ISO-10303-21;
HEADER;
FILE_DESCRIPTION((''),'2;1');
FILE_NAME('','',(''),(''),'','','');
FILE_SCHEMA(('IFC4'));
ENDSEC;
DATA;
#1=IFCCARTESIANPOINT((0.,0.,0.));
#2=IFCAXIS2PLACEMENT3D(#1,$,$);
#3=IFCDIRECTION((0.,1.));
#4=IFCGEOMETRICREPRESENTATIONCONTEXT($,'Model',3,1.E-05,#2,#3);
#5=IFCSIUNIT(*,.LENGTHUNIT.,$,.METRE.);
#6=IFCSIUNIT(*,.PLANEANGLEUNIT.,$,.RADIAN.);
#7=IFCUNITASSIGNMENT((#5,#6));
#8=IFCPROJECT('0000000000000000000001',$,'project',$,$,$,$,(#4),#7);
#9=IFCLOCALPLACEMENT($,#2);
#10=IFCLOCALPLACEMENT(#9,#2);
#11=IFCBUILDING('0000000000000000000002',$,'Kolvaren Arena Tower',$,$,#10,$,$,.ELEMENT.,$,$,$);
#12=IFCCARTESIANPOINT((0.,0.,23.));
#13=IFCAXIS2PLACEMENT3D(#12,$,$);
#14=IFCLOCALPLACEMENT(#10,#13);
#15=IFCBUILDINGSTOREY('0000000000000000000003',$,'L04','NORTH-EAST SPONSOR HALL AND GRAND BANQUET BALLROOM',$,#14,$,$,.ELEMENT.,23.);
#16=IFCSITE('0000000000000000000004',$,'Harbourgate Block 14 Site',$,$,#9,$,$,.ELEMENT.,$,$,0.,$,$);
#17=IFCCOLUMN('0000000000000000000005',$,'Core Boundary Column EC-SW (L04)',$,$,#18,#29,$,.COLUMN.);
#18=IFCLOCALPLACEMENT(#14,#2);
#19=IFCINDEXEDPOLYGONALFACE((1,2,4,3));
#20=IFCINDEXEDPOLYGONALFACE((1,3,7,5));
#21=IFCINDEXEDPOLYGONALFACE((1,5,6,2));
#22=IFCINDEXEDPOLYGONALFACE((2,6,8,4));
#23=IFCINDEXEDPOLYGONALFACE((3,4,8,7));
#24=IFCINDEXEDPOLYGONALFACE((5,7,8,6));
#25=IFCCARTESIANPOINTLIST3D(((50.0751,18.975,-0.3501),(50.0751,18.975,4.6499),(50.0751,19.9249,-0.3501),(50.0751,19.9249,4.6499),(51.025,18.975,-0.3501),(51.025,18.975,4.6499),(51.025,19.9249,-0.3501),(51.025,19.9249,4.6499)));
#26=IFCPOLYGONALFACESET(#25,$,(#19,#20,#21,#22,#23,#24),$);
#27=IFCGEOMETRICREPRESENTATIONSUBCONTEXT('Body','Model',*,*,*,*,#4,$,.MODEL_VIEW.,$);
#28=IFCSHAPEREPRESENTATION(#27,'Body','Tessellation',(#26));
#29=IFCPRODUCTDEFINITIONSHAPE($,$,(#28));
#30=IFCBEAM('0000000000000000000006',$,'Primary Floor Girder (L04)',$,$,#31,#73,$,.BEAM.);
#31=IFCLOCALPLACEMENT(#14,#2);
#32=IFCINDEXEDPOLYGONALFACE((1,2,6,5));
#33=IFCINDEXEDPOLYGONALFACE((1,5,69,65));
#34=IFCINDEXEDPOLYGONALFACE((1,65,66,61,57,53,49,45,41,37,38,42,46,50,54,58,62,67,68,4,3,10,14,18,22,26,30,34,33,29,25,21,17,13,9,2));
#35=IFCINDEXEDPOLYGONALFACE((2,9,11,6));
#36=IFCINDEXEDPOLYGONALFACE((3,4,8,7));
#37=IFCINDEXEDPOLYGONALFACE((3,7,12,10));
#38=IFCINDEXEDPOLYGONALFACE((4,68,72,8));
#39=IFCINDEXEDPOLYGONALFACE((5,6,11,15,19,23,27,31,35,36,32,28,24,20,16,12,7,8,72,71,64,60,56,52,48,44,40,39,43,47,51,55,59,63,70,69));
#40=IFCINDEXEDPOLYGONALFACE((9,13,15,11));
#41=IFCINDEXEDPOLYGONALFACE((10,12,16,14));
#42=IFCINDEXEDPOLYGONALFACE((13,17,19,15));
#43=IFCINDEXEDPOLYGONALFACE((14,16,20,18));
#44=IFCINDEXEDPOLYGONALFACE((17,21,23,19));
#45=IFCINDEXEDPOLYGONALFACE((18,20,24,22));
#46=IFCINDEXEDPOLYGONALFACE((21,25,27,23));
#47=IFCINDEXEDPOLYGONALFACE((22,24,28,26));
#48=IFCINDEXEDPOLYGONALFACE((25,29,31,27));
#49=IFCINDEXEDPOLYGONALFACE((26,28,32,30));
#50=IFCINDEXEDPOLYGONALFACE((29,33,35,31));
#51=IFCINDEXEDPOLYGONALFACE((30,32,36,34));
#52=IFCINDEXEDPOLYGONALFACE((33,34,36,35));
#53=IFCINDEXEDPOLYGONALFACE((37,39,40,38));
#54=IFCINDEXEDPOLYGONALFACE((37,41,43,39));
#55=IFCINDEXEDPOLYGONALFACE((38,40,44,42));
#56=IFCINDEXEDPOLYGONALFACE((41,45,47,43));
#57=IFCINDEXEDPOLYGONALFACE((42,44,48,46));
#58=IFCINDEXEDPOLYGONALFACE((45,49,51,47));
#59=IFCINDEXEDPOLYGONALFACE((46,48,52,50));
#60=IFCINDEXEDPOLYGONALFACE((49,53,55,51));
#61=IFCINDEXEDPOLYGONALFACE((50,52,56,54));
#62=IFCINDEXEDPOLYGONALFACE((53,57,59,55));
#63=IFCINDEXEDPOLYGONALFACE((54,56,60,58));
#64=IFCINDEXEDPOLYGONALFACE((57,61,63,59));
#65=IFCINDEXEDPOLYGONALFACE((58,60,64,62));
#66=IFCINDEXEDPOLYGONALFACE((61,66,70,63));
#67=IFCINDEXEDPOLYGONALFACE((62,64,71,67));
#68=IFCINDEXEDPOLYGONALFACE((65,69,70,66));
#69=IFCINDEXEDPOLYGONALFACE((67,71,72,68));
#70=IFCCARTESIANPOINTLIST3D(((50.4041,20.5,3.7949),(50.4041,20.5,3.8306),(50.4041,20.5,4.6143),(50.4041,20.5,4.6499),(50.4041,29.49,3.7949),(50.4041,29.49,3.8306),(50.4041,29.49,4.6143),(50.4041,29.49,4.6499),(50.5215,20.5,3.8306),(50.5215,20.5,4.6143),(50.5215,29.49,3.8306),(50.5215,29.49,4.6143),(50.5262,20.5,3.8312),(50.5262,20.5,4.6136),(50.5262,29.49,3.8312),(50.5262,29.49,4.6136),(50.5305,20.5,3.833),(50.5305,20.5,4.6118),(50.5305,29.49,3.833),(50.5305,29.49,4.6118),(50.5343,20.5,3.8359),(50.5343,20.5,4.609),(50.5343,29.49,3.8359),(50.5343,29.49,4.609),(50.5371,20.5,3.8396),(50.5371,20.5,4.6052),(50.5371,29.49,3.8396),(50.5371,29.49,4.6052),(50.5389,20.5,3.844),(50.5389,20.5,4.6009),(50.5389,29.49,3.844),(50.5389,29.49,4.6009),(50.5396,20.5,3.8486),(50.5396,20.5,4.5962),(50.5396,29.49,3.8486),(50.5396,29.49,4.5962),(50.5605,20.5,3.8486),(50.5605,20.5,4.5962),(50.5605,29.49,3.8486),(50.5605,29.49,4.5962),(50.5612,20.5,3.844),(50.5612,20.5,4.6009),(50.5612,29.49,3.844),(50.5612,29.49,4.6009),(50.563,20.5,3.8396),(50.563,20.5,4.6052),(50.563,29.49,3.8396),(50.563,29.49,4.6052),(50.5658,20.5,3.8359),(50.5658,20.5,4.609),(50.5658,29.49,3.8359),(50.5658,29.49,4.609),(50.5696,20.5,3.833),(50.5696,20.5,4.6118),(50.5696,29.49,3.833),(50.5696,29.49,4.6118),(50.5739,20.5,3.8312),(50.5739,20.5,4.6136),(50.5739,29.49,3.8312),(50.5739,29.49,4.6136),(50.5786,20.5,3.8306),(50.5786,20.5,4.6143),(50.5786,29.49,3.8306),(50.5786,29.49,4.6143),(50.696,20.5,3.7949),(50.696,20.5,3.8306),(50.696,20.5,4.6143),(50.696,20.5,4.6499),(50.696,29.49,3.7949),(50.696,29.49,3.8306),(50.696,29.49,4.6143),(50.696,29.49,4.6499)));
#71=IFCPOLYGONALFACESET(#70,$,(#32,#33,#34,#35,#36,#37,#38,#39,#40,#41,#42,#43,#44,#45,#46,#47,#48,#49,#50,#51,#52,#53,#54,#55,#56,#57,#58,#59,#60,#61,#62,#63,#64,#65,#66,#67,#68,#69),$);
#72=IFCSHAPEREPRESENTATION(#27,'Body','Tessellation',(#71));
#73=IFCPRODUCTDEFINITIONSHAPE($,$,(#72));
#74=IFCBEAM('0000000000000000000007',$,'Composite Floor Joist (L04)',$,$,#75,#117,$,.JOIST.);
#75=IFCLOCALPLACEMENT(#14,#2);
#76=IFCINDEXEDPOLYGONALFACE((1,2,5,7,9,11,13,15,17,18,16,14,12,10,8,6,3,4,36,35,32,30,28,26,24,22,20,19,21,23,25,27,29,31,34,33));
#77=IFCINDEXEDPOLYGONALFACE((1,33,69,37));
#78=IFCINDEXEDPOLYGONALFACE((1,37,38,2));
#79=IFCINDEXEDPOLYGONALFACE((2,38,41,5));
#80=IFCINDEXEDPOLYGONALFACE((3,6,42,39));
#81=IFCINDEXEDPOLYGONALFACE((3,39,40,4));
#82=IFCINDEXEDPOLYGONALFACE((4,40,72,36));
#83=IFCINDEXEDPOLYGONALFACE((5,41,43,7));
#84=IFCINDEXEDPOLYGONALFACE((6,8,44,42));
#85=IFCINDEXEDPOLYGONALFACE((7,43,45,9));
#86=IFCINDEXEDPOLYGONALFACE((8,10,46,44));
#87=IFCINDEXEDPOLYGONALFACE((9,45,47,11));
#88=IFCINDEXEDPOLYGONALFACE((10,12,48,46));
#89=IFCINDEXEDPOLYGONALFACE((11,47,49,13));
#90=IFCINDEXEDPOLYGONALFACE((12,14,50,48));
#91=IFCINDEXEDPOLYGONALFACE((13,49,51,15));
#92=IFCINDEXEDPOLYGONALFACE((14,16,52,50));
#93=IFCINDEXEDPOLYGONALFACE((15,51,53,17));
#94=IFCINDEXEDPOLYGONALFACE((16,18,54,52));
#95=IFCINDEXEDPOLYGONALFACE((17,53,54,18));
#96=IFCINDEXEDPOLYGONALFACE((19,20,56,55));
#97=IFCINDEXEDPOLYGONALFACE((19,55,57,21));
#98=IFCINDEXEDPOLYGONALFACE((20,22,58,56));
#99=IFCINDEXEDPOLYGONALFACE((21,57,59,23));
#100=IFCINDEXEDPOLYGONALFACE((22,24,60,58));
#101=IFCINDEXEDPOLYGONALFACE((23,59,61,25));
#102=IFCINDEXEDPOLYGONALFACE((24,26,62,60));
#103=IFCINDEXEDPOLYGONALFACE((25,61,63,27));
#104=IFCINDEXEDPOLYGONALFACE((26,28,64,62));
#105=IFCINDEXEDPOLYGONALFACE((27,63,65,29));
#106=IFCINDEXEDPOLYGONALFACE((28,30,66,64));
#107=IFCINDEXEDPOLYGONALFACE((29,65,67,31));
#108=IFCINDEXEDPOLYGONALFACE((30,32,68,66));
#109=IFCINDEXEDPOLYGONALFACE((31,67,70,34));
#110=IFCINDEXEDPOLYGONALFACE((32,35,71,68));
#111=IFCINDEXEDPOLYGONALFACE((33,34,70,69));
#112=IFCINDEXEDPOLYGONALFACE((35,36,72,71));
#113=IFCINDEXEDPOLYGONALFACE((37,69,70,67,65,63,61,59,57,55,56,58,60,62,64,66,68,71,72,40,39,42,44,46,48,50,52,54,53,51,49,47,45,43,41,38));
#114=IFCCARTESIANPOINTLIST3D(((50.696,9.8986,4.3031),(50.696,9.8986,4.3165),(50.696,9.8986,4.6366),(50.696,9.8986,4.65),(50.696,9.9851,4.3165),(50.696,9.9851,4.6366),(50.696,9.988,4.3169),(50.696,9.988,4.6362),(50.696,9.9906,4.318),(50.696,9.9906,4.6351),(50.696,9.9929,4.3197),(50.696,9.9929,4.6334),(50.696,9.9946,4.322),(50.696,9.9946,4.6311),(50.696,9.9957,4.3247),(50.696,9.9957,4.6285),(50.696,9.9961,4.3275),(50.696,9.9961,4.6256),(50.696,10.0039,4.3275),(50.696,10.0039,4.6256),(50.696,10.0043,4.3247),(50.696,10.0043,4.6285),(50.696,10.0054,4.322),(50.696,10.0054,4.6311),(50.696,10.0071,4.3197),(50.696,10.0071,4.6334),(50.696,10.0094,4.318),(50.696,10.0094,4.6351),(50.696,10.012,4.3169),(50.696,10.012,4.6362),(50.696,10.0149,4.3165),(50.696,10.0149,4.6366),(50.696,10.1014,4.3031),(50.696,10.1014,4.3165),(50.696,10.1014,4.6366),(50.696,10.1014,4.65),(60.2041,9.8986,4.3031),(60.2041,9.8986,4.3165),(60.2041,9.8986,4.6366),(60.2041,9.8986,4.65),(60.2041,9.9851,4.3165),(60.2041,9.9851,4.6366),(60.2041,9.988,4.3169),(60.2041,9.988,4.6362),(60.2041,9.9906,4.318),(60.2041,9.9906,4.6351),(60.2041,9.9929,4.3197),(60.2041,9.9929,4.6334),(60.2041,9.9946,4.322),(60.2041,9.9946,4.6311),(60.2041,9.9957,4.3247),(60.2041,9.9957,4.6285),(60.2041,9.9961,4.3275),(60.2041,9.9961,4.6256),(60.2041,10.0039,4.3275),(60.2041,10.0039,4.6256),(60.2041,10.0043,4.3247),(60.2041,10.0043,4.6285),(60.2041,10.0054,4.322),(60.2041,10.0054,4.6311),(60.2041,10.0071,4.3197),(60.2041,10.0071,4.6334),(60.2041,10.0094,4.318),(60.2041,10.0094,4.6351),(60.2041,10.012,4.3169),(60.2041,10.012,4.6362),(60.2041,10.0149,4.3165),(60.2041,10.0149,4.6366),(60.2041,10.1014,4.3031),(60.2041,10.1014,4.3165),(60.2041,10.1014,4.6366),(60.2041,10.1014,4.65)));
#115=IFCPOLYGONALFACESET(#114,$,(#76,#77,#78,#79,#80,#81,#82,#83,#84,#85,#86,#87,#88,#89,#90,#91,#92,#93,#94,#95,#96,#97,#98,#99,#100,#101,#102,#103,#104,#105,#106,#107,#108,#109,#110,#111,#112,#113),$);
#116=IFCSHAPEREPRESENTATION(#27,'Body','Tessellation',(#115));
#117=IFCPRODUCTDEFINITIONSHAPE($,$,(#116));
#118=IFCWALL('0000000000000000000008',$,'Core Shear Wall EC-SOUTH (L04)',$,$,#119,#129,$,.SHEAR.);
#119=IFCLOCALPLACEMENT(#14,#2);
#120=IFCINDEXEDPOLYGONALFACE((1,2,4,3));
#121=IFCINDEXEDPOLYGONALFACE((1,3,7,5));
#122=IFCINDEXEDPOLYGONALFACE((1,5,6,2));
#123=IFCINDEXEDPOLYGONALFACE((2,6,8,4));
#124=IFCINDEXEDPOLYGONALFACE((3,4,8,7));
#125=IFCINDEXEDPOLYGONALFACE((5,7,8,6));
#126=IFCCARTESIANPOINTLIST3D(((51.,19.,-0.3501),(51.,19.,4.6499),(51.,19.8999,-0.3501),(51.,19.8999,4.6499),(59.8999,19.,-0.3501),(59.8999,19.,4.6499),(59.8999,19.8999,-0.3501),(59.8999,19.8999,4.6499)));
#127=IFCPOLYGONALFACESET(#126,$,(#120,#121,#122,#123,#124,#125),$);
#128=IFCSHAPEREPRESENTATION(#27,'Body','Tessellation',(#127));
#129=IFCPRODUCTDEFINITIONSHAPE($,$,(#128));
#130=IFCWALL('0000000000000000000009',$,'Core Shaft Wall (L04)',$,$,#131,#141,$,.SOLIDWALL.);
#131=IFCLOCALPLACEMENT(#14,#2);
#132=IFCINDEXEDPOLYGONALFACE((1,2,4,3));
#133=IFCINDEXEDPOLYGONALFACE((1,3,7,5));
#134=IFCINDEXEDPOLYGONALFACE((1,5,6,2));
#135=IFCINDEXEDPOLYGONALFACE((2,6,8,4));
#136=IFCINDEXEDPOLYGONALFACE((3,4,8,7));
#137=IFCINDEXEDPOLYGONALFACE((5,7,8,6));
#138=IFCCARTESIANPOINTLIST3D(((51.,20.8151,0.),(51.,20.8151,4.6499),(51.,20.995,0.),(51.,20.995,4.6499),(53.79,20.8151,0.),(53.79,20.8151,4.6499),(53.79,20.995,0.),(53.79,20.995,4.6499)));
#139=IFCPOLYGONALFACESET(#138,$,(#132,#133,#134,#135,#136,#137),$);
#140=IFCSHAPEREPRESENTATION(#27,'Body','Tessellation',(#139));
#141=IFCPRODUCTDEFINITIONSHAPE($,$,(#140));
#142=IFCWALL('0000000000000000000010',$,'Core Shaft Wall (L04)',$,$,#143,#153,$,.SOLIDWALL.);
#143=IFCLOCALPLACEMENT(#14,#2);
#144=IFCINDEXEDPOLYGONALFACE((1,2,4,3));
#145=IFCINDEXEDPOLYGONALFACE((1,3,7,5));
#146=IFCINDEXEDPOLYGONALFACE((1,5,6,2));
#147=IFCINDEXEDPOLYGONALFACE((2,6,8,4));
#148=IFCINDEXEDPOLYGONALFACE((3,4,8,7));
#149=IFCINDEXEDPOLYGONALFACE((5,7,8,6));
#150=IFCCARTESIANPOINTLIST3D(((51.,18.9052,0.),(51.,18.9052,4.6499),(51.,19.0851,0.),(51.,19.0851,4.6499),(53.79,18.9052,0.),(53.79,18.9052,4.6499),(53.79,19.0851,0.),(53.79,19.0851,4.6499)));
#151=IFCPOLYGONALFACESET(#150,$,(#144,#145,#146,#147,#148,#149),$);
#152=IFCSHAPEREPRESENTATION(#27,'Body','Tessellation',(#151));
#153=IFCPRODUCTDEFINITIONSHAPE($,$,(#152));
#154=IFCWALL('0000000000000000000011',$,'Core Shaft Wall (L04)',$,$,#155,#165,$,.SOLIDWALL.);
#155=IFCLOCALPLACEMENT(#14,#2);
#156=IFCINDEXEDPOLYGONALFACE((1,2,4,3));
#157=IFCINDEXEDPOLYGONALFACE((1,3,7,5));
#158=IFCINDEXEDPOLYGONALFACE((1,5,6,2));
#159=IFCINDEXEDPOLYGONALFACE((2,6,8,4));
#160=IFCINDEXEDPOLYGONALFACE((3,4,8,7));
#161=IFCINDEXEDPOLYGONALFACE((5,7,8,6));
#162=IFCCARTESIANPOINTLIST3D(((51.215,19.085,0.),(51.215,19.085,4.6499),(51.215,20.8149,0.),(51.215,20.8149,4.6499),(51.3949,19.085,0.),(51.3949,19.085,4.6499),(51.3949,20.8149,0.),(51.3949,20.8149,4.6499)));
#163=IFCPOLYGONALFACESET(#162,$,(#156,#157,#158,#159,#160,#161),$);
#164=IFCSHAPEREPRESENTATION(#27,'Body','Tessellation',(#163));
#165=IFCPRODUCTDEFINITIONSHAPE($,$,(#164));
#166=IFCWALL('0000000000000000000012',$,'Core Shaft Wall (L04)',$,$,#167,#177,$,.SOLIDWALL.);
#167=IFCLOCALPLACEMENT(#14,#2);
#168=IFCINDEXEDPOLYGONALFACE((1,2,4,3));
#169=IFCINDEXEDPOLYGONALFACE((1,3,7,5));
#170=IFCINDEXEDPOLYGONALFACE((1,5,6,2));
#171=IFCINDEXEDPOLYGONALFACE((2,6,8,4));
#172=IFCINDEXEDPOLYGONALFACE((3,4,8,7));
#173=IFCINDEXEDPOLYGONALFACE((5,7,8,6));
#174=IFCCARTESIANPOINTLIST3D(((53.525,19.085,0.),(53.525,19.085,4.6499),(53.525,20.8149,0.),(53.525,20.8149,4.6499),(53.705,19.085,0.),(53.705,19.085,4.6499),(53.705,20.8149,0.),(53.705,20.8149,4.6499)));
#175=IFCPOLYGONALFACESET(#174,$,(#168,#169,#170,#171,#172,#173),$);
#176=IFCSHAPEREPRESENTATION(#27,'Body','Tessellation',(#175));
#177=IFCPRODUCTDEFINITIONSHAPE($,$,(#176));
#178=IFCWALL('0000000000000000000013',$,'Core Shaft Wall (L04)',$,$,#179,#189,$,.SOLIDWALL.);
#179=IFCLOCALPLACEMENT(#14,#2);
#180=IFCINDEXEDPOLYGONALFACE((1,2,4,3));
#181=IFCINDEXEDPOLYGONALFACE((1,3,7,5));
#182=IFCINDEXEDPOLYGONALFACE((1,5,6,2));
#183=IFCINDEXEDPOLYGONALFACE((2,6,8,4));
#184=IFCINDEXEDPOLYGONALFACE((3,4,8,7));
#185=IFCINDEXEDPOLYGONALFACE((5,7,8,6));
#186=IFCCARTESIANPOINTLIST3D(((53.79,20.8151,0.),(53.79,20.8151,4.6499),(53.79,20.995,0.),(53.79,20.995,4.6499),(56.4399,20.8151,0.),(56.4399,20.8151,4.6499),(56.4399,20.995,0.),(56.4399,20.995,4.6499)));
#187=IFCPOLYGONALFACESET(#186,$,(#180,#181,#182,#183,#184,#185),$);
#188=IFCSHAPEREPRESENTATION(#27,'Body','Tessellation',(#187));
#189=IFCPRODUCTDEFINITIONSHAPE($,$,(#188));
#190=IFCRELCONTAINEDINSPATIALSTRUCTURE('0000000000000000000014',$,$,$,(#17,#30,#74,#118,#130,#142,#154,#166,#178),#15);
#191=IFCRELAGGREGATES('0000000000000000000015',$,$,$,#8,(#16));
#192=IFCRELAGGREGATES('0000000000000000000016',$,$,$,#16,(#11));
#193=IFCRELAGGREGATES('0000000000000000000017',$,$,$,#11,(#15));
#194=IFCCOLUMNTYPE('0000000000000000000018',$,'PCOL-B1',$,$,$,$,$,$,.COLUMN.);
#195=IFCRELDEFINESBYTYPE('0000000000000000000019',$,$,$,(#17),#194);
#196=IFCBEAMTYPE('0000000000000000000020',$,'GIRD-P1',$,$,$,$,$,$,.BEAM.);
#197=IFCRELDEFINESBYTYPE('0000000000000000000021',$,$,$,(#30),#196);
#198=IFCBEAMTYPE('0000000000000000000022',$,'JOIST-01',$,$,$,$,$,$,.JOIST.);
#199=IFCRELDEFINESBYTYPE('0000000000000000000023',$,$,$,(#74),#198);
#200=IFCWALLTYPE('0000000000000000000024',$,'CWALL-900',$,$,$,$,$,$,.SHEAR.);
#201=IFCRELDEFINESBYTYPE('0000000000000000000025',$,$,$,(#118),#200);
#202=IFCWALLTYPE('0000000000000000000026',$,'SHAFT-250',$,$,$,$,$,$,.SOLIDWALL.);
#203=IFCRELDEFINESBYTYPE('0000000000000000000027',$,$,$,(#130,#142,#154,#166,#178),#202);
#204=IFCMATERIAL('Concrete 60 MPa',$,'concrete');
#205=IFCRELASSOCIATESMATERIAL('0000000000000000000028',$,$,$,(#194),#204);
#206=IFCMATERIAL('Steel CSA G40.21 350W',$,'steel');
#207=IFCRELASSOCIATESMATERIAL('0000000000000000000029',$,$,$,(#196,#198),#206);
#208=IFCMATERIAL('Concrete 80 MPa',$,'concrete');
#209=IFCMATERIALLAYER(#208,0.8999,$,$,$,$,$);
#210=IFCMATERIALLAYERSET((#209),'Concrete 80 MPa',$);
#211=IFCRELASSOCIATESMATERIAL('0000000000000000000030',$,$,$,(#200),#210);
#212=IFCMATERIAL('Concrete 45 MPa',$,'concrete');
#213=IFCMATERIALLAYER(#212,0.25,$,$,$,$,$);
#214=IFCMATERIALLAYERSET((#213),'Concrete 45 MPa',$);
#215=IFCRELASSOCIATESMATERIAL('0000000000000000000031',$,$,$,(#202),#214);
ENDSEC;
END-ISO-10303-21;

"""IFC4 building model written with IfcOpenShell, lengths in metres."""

from ifc_helpers import new_model, si_unit, direction, frame, frame_2d, origin, origin_2d, place, context, subcontext, project, spatial, rectangle, i_section, extrude, material, layer, layer_set, material_profile, profile_set, type_object, element, save


model = new_model("IFC4")

# Units and contexts
model_context = context("Model", 3, precision=1e-05, world=origin(), true_north=direction((0.0, 1.0)))
body_context = subcontext(model_context, "Body", "Model", "MODEL_VIEW")
ifc_project = project(units=[si_unit("LENGTHUNIT", "METRE"), si_unit("PLANEANGLEUNIT", "RADIAN")], contexts=[model_context])

# Site, building, storey
site_placement = place(None, origin())
site = spatial("IfcSite", under=ifc_project, at=site_placement, Name="Harbourgate Block 14 Site", CompositionType="ELEMENT", RefElevation=0.0)
building_placement = place(site_placement, origin())
building = spatial("IfcBuilding", under=site, at=building_placement, Name="Kolvaren Arena Tower", CompositionType="ELEMENT")
storey_placement = place(building_placement, frame((0.0, 0.0, 23.0)))
storey = spatial("IfcBuildingStorey", under=building, at=storey_placement, Name="L04", Description="NORTH-EAST SPONSOR HALL AND GRAND BANQUET BALLROOM", CompositionType="ELEMENT", Elevation=23.0)

# Column
ifc_material_1 = material(Name="Concrete 60 MPa", Category="concrete")
ifc_material_profile_1 = material_profile(ifc_material_1, rectangle(XDim=0.95, YDim=0.95, at=origin_2d()), Name="RC-950x950")
ifc_profile_set_1 = profile_set([ifc_material_profile_1], Name="Concrete 60 MPa")
column_type = type_object("IfcColumnType", Name="PCOL-B1", PredefinedType="COLUMN", material=ifc_profile_set_1)
column_placement = place(storey_placement, frame((50.55, 19.45, -0.3501), z_axis=(0.0, 0.0, 1.0), x_axis=(1.0, 0.0, 0.0)))
element("IfcColumn", 1, at=column_placement, inside=storey, type_object=column_type, Name="Core Boundary Column EC-SW (L04)", PredefinedType="COLUMN", context=body_context, shape_type="SweptSolid", body=[
    extrude(rectangle(XDim=0.95, YDim=0.95, at=origin_2d()), origin(), (0.0, 0.0, 1.0), 5.0),
])

# Beams
ifc_material_2 = material(Name="Steel CSA G40.21 350W", Category="steel")
ifc_material_profile_2 = material_profile(ifc_material_2, i_section(OverallWidth=0.292, OverallDepth=0.855, WebThickness=0.021, FlangeThickness=0.0356, FilletRadius=0.0181, at=origin_2d()), Name="W840x299")
ifc_profile_set_2 = profile_set([ifc_material_profile_2], Name="Steel CSA G40.21 350W")
beam_type_1 = type_object("IfcBeamType", Name="GIRD-P1", PredefinedType="BEAM", material=ifc_profile_set_2)
beam_1_placement = place(storey_placement, frame((50.55, 20.5, 4.2224), z_axis=(0.0, 1.0, 0.0), x_axis=(-1.0, 0.0, 0.0)))
element("IfcBeam", 2, at=beam_1_placement, inside=storey, type_object=beam_type_1, Name="Primary Floor Girder (L04)", PredefinedType="BEAM", context=body_context, shape_type="SweptSolid", body=[
    extrude(i_section(OverallWidth=0.292, OverallDepth=0.855, WebThickness=0.021, FlangeThickness=0.0356, FilletRadius=0.0181, at=origin_2d()), origin(), (0.0, 0.0, 1.0), 8.99),
])
ifc_material_profile_3 = material_profile(ifc_material_2, i_section(OverallWidth=0.2029, OverallDepth=0.3469, WebThickness=0.0078, FlangeThickness=0.0134, FilletRadius=0.011, at=origin_2d()), Name="W360x64")
ifc_profile_set_3 = profile_set([ifc_material_profile_3], Name="Steel CSA G40.21 350W")
beam_type_2 = type_object("IfcBeamType", Name="JOIST-01", PredefinedType="JOIST", material=ifc_profile_set_3)
beam_2_placement = place(storey_placement, frame((50.696, 10.0, 4.4766), z_axis=(1.0, 0.0, 0.0), x_axis=(0.0, 1.0, 0.0)))
element("IfcBeam", 3, at=beam_2_placement, inside=storey, type_object=beam_type_2, Name="Composite Floor Joist (L04)", PredefinedType="JOIST", context=body_context, shape_type="SweptSolid", body=[
    extrude(i_section(OverallWidth=0.2029, OverallDepth=0.3469, WebThickness=0.0078, FlangeThickness=0.0134, FilletRadius=0.011, at=origin_2d()), origin(), (0.0, 0.0, 1.0), 9.5081),
])

# Walls
ifc_material_3 = material(Name="Concrete 80 MPa", Category="concrete")
ifc_layer_1 = layer(ifc_material_3, 0.8999)
ifc_layer_set_1 = layer_set([ifc_layer_1], Name="Concrete 80 MPa")
wall_type_1 = type_object("IfcWallType", Name="CWALL-900", PredefinedType="SHEAR", material=ifc_layer_set_1)
wall_1_placement = place(storey_placement, frame((51.0, 19.45, -0.3501), z_axis=(0.0, 0.0, 1.0), x_axis=(1.0, 0.0, 0.0)))
element("IfcWall", 4, at=wall_1_placement, inside=storey, type_object=wall_type_1, Name="Core Shear Wall EC-SOUTH (L04)", PredefinedType="SHEAR", context=body_context, shape_type="SweptSolid", body=[
    extrude(rectangle(XDim=8.8999, YDim=0.8999, at=frame_2d((4.45, 0.0))), origin(), (0.0, 0.0, 1.0), 5.0),
])
ifc_material_4 = material(Name="Concrete 45 MPa", Category="concrete")
ifc_layer_2 = layer(ifc_material_4, 0.25)
ifc_layer_set_2 = layer_set([ifc_layer_2], Name="Concrete 45 MPa")
wall_type_2 = type_object("IfcWallType", Name="SHAFT-250", PredefinedType="SOLIDWALL", material=ifc_layer_set_2)
for number, where, z_axis, x_axis, name in (
    (5, (51.0, 20.905, 0.0), (0.0, 0.0, 1.0), (1.0, 0.0, 0.0), "Core Shaft Wall (L04)"),
    (6, (51.0, 18.9951, 0.0), (0.0, 0.0, 1.0), (1.0, 0.0, 0.0), "Core Shaft Wall (L04)"),
):
    element("IfcWall", number, at=place(storey_placement, frame(where, z_axis=z_axis, x_axis=x_axis)), inside=storey, type_object=wall_type_2, Name=name, PredefinedType="SOLIDWALL", context=body_context, shape_type="SweptSolid", body=[
        extrude(rectangle(XDim=2.79, YDim=0.1799, at=frame_2d((1.395, 0.0))), origin(), (0.0, 0.0, 1.0), 4.6499),
    ])
for number, where, z_axis, x_axis, name in (
    (7, (51.3049, 19.085, 0.0), (0.0, 0.0, 1.0), (0.0, 1.0, 0.0), "Core Shaft Wall (L04)"),
    (8, (53.615, 19.085, 0.0), (0.0, 0.0, 1.0), (0.0, 1.0, 0.0), "Core Shaft Wall (L04)"),
):
    element("IfcWall", number, at=place(storey_placement, frame(where, z_axis=z_axis, x_axis=x_axis)), inside=storey, type_object=wall_type_2, Name=name, PredefinedType="SOLIDWALL", context=body_context, shape_type="SweptSolid", body=[
        extrude(rectangle(XDim=1.73, YDim=0.1799, at=frame_2d((0.865, 0.0))), origin(), (0.0, 0.0, 1.0), 4.6499),
    ])
for number, where, z_axis, x_axis, name in (
    (9, (53.79, 20.905, 0.0), (0.0, 0.0, 1.0), (1.0, 0.0, 0.0), "Core Shaft Wall (L04)"),
):
    element("IfcWall", number, at=place(storey_placement, frame(where, z_axis=z_axis, x_axis=x_axis)), inside=storey, type_object=wall_type_2, Name=name, PredefinedType="SOLIDWALL", context=body_context, shape_type="SweptSolid", body=[
        extrude(rectangle(XDim=2.6499, YDim=0.1799, at=frame_2d((1.325, 0.0))), origin(), (0.0, 0.0, 1.0), 4.6499),
    ])

save(model, "model.ifc")
